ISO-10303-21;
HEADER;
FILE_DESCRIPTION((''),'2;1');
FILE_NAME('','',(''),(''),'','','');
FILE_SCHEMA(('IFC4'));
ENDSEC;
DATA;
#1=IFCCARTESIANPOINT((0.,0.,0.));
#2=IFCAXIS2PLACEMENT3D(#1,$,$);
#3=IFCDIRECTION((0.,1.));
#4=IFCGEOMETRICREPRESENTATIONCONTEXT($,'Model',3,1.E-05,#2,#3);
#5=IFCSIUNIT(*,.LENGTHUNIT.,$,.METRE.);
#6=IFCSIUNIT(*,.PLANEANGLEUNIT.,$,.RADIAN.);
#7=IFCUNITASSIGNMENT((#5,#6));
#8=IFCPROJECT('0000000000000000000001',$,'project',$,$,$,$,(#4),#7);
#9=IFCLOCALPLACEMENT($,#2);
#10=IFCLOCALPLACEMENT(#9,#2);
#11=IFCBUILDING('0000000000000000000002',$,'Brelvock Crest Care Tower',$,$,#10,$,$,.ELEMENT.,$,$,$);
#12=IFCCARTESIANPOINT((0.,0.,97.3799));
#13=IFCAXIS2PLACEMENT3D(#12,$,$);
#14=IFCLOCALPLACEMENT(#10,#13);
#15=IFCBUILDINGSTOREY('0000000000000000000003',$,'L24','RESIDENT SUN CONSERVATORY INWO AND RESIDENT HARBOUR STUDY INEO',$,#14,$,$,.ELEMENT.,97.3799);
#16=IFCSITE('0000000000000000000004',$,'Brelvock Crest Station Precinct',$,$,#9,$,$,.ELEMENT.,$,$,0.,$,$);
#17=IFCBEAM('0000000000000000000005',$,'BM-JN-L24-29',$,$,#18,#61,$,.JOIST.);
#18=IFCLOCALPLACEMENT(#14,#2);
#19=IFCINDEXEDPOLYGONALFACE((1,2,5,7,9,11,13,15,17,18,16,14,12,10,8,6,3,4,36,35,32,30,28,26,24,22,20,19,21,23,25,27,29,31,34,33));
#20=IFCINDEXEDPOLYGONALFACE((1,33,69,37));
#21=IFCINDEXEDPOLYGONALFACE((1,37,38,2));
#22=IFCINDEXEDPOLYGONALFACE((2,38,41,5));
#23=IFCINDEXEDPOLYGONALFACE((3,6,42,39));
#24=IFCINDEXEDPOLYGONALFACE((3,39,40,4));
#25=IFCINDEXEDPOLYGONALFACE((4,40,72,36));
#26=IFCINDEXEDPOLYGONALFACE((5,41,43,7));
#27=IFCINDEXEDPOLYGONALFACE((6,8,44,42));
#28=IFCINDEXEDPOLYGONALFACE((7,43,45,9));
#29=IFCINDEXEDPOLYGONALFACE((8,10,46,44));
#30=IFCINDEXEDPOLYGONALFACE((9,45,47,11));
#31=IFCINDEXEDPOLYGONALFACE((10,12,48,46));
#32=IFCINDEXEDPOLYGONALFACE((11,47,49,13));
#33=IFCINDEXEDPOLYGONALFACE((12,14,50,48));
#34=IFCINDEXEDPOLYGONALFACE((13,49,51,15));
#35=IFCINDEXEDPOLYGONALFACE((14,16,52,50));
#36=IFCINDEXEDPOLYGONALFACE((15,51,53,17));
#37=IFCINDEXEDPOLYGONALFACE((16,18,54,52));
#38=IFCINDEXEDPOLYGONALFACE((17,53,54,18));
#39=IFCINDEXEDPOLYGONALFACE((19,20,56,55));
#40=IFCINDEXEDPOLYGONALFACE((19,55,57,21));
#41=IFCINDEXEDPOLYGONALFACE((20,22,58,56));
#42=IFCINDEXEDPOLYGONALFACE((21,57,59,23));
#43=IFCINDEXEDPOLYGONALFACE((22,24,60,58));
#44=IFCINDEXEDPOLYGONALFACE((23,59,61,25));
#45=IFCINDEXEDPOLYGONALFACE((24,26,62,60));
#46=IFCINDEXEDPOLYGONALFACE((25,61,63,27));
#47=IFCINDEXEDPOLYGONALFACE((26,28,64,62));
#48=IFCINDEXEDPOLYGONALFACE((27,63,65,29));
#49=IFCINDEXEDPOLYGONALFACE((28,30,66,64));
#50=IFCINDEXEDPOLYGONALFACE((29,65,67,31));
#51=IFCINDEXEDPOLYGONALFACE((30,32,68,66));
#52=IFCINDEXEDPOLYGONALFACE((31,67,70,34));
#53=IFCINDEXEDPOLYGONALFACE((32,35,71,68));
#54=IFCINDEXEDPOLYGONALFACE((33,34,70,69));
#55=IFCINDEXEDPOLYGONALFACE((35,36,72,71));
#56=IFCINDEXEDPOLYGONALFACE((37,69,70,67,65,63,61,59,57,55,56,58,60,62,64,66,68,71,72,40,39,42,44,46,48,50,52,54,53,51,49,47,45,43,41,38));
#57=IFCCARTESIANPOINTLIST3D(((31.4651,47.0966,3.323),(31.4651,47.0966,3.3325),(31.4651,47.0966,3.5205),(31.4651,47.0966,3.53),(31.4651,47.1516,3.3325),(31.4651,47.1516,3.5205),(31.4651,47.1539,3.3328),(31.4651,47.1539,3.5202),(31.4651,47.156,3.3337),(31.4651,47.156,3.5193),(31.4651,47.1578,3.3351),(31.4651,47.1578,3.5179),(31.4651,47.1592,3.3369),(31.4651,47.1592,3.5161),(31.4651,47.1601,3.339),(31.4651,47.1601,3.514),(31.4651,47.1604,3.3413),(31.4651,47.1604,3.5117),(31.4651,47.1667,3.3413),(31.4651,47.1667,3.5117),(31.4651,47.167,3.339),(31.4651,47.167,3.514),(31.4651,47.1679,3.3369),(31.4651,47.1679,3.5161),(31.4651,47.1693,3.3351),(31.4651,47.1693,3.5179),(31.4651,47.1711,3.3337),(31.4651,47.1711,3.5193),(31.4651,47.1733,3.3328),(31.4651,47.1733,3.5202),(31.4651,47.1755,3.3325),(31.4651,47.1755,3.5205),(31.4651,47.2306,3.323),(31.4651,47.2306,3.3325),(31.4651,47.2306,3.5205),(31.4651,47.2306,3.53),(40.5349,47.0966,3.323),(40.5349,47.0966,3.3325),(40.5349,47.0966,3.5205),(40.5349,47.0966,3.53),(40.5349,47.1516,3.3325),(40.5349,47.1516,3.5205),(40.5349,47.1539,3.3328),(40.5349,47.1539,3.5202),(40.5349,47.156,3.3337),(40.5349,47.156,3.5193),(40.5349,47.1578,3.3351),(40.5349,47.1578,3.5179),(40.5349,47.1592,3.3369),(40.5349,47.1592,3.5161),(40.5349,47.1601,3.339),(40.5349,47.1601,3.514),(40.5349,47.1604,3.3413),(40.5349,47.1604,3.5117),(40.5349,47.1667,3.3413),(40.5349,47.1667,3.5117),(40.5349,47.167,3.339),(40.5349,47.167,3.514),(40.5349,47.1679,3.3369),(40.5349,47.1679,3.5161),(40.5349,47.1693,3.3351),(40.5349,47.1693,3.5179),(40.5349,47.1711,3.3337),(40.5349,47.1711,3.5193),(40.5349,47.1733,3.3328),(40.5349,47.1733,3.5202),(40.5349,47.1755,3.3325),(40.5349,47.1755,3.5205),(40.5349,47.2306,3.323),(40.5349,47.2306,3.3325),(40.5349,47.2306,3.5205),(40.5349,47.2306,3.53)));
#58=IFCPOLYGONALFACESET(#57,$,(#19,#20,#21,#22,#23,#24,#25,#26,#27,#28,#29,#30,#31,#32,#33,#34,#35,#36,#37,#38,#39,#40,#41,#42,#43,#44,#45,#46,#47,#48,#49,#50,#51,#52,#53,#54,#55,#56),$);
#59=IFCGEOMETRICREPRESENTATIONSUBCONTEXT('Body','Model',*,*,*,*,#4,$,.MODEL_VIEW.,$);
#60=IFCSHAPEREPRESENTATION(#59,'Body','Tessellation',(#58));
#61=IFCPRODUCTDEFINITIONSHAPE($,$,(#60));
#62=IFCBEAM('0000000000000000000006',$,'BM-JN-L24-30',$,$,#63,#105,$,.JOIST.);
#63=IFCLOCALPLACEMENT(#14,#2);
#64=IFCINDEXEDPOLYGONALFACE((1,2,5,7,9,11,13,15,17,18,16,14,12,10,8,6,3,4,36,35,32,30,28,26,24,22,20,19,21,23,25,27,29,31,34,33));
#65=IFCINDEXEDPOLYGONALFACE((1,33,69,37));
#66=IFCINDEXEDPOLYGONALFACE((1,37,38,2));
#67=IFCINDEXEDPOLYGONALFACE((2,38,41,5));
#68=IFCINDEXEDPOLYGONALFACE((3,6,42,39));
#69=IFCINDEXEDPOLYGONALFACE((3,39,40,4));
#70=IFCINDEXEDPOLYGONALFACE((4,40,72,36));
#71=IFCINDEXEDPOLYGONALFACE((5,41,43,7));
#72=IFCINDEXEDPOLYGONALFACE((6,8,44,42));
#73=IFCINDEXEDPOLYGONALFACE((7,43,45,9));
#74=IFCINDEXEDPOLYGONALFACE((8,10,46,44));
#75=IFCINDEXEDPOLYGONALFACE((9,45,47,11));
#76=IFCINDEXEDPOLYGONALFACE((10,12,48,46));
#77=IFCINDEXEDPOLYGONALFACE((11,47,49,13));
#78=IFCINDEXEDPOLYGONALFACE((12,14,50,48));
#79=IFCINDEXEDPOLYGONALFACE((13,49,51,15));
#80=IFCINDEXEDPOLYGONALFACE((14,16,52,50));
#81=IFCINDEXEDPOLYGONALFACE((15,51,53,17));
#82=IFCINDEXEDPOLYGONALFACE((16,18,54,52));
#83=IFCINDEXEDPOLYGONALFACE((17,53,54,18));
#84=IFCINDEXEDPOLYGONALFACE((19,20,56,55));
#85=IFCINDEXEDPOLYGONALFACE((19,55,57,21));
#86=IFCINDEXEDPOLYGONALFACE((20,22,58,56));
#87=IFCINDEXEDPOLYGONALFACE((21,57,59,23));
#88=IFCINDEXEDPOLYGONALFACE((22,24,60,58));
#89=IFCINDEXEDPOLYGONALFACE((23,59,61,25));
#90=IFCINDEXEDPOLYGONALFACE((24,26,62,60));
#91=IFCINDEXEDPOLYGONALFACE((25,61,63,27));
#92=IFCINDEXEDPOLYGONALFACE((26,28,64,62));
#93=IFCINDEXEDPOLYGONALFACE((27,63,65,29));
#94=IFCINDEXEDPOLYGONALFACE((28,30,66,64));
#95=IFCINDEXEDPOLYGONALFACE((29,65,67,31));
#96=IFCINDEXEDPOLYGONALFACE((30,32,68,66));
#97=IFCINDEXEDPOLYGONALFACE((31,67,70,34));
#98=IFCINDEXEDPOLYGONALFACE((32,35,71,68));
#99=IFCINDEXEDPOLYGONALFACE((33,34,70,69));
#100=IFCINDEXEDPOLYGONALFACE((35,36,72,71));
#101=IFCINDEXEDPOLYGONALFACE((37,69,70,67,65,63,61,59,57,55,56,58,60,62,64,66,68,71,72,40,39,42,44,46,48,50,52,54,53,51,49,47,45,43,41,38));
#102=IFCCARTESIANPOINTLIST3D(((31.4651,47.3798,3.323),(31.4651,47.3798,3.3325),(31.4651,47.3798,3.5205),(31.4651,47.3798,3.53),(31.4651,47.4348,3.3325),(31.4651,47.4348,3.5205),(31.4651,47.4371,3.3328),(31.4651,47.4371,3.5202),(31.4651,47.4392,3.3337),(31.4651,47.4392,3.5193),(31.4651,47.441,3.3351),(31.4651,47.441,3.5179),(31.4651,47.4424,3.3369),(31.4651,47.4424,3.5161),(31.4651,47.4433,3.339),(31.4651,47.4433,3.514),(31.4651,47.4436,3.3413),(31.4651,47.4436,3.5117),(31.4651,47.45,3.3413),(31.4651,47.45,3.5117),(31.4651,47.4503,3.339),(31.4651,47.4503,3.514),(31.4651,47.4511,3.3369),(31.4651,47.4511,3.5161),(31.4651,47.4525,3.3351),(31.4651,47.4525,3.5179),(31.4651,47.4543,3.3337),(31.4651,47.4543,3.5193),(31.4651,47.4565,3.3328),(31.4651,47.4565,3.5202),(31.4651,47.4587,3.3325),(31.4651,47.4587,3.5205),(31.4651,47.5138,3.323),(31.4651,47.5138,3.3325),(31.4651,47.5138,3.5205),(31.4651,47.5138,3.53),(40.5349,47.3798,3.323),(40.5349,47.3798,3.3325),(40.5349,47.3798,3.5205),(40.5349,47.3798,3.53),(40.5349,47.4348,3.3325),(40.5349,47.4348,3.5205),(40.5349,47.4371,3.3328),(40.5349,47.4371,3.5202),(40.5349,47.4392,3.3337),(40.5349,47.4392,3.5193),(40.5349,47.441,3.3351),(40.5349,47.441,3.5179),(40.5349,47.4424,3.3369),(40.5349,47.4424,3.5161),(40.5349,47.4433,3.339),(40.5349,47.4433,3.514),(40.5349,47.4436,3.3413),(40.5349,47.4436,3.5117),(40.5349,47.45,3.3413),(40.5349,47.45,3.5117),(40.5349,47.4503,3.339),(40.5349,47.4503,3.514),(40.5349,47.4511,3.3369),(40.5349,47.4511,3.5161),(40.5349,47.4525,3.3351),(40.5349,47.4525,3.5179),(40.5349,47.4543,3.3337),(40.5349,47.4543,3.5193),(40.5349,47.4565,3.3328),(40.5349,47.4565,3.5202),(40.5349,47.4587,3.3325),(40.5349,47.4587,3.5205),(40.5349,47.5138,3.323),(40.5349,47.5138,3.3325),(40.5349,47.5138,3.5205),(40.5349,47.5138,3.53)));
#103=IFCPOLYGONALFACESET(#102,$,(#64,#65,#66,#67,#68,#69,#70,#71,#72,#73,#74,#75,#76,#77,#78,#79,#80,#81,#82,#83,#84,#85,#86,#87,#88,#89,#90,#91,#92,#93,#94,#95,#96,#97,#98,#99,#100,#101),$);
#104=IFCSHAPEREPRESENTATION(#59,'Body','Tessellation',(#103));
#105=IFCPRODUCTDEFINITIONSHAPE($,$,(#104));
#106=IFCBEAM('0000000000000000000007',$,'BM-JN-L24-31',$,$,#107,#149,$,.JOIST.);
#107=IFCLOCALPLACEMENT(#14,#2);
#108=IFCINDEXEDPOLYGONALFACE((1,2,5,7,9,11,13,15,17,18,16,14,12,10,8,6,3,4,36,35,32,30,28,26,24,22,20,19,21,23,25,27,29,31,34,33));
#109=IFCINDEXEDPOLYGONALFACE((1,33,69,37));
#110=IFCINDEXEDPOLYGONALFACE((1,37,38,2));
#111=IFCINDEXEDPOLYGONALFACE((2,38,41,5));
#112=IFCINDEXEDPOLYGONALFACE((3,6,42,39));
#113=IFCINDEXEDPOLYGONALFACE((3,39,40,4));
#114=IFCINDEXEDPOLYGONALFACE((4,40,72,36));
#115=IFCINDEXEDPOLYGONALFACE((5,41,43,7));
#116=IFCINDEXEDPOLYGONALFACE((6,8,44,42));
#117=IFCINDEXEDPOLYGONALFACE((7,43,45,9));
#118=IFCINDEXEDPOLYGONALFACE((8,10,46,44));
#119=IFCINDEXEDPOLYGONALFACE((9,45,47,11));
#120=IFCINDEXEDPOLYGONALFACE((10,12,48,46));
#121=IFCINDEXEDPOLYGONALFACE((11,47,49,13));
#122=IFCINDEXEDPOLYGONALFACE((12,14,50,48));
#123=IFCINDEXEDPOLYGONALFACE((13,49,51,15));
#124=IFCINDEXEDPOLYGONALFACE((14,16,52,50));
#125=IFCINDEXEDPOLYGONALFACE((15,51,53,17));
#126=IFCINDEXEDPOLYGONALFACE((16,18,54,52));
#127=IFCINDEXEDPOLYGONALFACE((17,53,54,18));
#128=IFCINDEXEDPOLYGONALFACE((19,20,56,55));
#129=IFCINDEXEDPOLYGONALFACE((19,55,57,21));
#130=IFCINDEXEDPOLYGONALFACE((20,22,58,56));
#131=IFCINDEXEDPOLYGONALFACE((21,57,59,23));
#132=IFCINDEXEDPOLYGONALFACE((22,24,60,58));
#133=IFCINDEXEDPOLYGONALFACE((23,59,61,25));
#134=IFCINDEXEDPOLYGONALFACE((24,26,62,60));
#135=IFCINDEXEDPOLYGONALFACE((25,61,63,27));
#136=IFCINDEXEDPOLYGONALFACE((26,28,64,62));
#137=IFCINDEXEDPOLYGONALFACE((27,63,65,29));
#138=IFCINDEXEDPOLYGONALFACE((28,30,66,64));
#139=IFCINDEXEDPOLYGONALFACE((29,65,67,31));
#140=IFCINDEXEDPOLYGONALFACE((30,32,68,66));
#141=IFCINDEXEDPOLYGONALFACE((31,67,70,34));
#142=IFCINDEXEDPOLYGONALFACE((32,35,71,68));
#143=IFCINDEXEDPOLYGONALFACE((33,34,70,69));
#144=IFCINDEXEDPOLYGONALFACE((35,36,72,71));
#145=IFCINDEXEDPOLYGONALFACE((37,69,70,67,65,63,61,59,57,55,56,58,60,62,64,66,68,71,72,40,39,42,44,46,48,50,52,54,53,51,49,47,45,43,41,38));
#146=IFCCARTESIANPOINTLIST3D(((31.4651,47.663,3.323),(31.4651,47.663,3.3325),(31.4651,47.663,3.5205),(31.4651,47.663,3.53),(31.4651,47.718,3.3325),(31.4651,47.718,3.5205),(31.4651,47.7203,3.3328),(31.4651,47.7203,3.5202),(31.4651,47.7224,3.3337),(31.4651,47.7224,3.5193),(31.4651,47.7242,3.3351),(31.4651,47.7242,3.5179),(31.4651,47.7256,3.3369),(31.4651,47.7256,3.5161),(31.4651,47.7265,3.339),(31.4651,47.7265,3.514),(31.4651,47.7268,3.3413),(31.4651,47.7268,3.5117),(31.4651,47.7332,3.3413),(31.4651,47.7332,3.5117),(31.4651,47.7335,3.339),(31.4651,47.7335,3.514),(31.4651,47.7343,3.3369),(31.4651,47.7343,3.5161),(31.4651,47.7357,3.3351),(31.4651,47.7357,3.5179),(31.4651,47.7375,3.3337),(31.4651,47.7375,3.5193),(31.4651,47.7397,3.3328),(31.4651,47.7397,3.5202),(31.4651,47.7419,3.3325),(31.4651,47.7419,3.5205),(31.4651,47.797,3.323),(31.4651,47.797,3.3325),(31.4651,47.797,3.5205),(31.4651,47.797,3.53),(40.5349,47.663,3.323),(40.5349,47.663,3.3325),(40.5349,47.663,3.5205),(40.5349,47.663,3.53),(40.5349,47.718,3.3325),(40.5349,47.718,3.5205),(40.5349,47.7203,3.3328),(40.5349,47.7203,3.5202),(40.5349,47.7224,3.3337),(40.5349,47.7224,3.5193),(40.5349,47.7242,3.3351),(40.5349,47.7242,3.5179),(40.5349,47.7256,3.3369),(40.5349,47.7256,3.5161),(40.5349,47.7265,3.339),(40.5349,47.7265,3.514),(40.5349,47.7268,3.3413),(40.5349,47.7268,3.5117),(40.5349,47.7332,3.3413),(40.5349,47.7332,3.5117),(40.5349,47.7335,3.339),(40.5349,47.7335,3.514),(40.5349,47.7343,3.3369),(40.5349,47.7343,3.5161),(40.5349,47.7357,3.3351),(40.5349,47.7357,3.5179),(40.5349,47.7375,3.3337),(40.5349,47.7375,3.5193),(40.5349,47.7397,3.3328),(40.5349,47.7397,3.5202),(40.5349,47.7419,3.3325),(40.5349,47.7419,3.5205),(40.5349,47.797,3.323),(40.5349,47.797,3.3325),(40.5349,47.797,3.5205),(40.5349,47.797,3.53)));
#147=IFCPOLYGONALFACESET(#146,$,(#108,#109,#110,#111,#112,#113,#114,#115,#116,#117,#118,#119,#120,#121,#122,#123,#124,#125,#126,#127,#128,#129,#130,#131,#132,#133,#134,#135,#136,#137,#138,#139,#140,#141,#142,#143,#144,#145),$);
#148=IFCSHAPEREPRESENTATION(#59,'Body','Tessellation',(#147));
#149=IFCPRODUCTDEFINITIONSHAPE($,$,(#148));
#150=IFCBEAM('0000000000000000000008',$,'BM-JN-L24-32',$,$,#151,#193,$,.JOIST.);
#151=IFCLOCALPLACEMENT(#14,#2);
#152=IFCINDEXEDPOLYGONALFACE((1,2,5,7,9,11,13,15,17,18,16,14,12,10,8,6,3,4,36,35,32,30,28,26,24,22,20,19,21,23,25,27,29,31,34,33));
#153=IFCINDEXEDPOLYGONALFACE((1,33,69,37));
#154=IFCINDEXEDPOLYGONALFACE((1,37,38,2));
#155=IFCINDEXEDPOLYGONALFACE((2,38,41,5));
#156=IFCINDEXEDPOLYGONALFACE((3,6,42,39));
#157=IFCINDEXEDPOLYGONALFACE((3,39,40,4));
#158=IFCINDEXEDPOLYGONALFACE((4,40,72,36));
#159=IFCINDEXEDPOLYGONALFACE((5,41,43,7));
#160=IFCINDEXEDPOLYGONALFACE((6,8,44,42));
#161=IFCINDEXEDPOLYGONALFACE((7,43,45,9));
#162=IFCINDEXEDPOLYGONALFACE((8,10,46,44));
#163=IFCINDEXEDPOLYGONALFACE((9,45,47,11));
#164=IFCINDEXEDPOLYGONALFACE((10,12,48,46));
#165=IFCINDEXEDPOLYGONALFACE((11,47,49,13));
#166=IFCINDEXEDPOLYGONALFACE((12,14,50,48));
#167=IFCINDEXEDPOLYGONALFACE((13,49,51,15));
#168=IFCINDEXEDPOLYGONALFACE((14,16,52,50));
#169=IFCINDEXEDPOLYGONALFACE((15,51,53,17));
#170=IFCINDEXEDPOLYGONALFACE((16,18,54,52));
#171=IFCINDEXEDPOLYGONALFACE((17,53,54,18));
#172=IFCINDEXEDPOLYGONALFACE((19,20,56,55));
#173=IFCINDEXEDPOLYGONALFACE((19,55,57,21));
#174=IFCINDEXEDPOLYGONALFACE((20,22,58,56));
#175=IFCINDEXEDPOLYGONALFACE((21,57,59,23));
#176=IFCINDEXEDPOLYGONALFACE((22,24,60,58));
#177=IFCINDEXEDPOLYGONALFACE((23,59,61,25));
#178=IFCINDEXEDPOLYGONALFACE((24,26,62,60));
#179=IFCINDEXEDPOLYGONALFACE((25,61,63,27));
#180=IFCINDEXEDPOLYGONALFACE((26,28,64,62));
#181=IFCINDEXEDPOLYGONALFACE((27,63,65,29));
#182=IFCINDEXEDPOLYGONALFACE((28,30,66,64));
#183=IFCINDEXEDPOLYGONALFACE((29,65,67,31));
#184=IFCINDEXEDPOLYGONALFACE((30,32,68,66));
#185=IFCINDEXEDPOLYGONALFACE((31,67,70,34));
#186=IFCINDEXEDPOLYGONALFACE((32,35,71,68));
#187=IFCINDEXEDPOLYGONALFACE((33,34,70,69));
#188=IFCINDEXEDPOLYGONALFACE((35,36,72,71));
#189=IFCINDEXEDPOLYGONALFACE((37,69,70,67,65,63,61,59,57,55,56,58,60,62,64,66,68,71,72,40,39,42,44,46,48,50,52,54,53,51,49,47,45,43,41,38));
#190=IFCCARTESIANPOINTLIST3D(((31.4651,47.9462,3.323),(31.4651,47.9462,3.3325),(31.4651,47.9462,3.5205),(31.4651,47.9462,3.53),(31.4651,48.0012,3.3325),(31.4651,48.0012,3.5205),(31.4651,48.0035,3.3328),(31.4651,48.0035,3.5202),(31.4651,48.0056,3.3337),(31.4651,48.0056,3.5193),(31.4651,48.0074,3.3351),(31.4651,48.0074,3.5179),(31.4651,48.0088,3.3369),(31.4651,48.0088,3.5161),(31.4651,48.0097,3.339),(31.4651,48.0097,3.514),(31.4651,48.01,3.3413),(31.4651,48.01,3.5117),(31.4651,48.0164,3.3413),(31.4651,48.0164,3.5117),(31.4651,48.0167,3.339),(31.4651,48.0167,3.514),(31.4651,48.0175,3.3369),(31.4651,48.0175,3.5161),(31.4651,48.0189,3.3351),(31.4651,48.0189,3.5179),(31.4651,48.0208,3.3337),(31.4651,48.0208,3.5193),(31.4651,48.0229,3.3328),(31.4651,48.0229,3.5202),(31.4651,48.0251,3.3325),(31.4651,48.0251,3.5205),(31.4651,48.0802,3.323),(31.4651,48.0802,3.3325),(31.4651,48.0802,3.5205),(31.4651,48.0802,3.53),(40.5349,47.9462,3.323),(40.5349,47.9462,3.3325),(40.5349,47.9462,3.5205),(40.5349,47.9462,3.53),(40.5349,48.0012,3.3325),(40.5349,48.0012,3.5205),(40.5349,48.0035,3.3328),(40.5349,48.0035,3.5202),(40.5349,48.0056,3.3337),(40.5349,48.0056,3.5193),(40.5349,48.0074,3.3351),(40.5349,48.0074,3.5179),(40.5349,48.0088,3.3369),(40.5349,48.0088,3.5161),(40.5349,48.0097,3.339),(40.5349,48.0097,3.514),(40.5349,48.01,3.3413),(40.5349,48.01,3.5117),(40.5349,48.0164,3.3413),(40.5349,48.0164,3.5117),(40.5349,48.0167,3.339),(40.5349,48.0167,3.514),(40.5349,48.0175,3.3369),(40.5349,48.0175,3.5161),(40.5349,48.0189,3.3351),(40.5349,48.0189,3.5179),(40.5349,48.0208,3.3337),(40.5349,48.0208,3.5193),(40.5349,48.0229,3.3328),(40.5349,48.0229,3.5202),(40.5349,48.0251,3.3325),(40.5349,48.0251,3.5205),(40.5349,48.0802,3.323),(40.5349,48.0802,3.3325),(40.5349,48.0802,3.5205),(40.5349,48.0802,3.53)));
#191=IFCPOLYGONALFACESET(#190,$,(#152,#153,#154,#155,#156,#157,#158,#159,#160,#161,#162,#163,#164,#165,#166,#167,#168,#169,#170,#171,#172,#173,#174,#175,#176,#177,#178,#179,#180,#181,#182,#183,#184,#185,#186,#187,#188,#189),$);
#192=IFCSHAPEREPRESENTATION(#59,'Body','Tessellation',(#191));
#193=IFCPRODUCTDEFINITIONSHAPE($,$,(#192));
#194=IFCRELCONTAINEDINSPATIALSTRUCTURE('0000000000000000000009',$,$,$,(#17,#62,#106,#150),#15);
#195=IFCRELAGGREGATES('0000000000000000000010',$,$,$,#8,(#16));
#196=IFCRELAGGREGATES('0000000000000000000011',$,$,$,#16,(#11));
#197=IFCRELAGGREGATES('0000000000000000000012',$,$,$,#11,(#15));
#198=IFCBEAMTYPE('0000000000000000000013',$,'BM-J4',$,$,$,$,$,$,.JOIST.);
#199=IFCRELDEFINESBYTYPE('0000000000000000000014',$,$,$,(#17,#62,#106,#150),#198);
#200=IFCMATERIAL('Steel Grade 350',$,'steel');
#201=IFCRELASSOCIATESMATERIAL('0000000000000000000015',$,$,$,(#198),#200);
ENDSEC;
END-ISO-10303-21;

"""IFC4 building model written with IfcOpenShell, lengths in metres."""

from ifc_helpers import new_model, si_unit, direction, frame, origin, origin_2d, place, context, subcontext, project, spatial, i_section, extrude, source, transform, mapped, material, material_profile, profile_set, type_object, element, save


model = new_model("IFC4")

# Units and contexts
model_context = context("Model", 3, precision=1e-05, world=origin(), true_north=direction((0.0, 1.0)))
body_context = subcontext(model_context, "Body", "Model", "MODEL_VIEW")
ifc_project = project(units=[si_unit("LENGTHUNIT", "METRE"), si_unit("PLANEANGLEUNIT", "RADIAN")], contexts=[model_context])

# Site, building, storey
site_placement = place(None, origin())
site = spatial("IfcSite", under=ifc_project, at=site_placement, Name="Brelvock Crest Station Precinct", CompositionType="ELEMENT", RefElevation=0.0)
building_placement = place(site_placement, origin())
building = spatial("IfcBuilding", under=site, at=building_placement, Name="Brelvock Crest Care Tower", CompositionType="ELEMENT")
storey_placement = place(building_placement, frame((0.0, 0.0, 97.3799)))
storey = spatial("IfcBuildingStorey", under=building, at=storey_placement, Name="L24", Description="RESIDENT SUN CONSERVATORY INWO AND RESIDENT HARBOUR STUDY INEO", CompositionType="ELEMENT", Elevation=97.3799)

# Shared definitions
ifc_material_1 = material(Name="Steel Grade 350", Category="steel")

# Beams
ifc_material_profile_1 = material_profile(ifc_material_1, i_section(OverallWidth=0.134, OverallDepth=0.207, WebThickness=0.0063, FlangeThickness=0.0095, FilletRadius=0.0088, at=origin_2d()), Name="200UB29.8")
ifc_profile_set_1 = profile_set([ifc_material_profile_1], Name="Steel Grade 350")
beam_type_1 = type_object("IfcBeamType", Name="BM-J4", PredefinedType="JOIST", material=ifc_profile_set_1)
shared_shape_1 = source(origin(), body_context, "Body", "SweptSolid", [
    extrude(i_section(OverallWidth=0.134, OverallDepth=0.207, WebThickness=0.0063, FlangeThickness=0.0095, FilletRadius=0.0088, at=origin_2d()), origin(), (0.0, 0.0, 1.0), 9.0698),
])
for number, where, z_axis, x_axis, name in (
    (1, (31.4651, 47.1636, 3.4265), (1.0, 0.0, 0.0), (0.0, 1.0, 0.0), "BM-JN-L24-29"),
    (2, (31.4651, 47.4468, 3.4265), (1.0, 0.0, 0.0), (0.0, 1.0, 0.0), "BM-JN-L24-30"),
    (3, (31.4651, 47.73, 3.4265), (1.0, 0.0, 0.0), (0.0, 1.0, 0.0), "BM-JN-L24-31"),
    (4, (31.4651, 48.0132, 3.4265), (1.0, 0.0, 0.0), (0.0, 1.0, 0.0), "BM-JN-L24-32"),
):
    element("IfcBeam", number, at=place(storey_placement, frame(where, z_axis=z_axis, x_axis=x_axis)), inside=storey, type_object=beam_type_1, Name=name, PredefinedType="JOIST", context=body_context, shape_type="MappedRepresentation", body=[
        mapped(shared_shape_1, transform((0.0, 0.0, 0.0), x_axis=(1.0, 0.0, 0.0), y_axis=(0.0, 1.0, 0.0), z_axis=(0.0, 0.0, 1.0), scale=1.0)),
    ])

save(model, "model.ifc")
